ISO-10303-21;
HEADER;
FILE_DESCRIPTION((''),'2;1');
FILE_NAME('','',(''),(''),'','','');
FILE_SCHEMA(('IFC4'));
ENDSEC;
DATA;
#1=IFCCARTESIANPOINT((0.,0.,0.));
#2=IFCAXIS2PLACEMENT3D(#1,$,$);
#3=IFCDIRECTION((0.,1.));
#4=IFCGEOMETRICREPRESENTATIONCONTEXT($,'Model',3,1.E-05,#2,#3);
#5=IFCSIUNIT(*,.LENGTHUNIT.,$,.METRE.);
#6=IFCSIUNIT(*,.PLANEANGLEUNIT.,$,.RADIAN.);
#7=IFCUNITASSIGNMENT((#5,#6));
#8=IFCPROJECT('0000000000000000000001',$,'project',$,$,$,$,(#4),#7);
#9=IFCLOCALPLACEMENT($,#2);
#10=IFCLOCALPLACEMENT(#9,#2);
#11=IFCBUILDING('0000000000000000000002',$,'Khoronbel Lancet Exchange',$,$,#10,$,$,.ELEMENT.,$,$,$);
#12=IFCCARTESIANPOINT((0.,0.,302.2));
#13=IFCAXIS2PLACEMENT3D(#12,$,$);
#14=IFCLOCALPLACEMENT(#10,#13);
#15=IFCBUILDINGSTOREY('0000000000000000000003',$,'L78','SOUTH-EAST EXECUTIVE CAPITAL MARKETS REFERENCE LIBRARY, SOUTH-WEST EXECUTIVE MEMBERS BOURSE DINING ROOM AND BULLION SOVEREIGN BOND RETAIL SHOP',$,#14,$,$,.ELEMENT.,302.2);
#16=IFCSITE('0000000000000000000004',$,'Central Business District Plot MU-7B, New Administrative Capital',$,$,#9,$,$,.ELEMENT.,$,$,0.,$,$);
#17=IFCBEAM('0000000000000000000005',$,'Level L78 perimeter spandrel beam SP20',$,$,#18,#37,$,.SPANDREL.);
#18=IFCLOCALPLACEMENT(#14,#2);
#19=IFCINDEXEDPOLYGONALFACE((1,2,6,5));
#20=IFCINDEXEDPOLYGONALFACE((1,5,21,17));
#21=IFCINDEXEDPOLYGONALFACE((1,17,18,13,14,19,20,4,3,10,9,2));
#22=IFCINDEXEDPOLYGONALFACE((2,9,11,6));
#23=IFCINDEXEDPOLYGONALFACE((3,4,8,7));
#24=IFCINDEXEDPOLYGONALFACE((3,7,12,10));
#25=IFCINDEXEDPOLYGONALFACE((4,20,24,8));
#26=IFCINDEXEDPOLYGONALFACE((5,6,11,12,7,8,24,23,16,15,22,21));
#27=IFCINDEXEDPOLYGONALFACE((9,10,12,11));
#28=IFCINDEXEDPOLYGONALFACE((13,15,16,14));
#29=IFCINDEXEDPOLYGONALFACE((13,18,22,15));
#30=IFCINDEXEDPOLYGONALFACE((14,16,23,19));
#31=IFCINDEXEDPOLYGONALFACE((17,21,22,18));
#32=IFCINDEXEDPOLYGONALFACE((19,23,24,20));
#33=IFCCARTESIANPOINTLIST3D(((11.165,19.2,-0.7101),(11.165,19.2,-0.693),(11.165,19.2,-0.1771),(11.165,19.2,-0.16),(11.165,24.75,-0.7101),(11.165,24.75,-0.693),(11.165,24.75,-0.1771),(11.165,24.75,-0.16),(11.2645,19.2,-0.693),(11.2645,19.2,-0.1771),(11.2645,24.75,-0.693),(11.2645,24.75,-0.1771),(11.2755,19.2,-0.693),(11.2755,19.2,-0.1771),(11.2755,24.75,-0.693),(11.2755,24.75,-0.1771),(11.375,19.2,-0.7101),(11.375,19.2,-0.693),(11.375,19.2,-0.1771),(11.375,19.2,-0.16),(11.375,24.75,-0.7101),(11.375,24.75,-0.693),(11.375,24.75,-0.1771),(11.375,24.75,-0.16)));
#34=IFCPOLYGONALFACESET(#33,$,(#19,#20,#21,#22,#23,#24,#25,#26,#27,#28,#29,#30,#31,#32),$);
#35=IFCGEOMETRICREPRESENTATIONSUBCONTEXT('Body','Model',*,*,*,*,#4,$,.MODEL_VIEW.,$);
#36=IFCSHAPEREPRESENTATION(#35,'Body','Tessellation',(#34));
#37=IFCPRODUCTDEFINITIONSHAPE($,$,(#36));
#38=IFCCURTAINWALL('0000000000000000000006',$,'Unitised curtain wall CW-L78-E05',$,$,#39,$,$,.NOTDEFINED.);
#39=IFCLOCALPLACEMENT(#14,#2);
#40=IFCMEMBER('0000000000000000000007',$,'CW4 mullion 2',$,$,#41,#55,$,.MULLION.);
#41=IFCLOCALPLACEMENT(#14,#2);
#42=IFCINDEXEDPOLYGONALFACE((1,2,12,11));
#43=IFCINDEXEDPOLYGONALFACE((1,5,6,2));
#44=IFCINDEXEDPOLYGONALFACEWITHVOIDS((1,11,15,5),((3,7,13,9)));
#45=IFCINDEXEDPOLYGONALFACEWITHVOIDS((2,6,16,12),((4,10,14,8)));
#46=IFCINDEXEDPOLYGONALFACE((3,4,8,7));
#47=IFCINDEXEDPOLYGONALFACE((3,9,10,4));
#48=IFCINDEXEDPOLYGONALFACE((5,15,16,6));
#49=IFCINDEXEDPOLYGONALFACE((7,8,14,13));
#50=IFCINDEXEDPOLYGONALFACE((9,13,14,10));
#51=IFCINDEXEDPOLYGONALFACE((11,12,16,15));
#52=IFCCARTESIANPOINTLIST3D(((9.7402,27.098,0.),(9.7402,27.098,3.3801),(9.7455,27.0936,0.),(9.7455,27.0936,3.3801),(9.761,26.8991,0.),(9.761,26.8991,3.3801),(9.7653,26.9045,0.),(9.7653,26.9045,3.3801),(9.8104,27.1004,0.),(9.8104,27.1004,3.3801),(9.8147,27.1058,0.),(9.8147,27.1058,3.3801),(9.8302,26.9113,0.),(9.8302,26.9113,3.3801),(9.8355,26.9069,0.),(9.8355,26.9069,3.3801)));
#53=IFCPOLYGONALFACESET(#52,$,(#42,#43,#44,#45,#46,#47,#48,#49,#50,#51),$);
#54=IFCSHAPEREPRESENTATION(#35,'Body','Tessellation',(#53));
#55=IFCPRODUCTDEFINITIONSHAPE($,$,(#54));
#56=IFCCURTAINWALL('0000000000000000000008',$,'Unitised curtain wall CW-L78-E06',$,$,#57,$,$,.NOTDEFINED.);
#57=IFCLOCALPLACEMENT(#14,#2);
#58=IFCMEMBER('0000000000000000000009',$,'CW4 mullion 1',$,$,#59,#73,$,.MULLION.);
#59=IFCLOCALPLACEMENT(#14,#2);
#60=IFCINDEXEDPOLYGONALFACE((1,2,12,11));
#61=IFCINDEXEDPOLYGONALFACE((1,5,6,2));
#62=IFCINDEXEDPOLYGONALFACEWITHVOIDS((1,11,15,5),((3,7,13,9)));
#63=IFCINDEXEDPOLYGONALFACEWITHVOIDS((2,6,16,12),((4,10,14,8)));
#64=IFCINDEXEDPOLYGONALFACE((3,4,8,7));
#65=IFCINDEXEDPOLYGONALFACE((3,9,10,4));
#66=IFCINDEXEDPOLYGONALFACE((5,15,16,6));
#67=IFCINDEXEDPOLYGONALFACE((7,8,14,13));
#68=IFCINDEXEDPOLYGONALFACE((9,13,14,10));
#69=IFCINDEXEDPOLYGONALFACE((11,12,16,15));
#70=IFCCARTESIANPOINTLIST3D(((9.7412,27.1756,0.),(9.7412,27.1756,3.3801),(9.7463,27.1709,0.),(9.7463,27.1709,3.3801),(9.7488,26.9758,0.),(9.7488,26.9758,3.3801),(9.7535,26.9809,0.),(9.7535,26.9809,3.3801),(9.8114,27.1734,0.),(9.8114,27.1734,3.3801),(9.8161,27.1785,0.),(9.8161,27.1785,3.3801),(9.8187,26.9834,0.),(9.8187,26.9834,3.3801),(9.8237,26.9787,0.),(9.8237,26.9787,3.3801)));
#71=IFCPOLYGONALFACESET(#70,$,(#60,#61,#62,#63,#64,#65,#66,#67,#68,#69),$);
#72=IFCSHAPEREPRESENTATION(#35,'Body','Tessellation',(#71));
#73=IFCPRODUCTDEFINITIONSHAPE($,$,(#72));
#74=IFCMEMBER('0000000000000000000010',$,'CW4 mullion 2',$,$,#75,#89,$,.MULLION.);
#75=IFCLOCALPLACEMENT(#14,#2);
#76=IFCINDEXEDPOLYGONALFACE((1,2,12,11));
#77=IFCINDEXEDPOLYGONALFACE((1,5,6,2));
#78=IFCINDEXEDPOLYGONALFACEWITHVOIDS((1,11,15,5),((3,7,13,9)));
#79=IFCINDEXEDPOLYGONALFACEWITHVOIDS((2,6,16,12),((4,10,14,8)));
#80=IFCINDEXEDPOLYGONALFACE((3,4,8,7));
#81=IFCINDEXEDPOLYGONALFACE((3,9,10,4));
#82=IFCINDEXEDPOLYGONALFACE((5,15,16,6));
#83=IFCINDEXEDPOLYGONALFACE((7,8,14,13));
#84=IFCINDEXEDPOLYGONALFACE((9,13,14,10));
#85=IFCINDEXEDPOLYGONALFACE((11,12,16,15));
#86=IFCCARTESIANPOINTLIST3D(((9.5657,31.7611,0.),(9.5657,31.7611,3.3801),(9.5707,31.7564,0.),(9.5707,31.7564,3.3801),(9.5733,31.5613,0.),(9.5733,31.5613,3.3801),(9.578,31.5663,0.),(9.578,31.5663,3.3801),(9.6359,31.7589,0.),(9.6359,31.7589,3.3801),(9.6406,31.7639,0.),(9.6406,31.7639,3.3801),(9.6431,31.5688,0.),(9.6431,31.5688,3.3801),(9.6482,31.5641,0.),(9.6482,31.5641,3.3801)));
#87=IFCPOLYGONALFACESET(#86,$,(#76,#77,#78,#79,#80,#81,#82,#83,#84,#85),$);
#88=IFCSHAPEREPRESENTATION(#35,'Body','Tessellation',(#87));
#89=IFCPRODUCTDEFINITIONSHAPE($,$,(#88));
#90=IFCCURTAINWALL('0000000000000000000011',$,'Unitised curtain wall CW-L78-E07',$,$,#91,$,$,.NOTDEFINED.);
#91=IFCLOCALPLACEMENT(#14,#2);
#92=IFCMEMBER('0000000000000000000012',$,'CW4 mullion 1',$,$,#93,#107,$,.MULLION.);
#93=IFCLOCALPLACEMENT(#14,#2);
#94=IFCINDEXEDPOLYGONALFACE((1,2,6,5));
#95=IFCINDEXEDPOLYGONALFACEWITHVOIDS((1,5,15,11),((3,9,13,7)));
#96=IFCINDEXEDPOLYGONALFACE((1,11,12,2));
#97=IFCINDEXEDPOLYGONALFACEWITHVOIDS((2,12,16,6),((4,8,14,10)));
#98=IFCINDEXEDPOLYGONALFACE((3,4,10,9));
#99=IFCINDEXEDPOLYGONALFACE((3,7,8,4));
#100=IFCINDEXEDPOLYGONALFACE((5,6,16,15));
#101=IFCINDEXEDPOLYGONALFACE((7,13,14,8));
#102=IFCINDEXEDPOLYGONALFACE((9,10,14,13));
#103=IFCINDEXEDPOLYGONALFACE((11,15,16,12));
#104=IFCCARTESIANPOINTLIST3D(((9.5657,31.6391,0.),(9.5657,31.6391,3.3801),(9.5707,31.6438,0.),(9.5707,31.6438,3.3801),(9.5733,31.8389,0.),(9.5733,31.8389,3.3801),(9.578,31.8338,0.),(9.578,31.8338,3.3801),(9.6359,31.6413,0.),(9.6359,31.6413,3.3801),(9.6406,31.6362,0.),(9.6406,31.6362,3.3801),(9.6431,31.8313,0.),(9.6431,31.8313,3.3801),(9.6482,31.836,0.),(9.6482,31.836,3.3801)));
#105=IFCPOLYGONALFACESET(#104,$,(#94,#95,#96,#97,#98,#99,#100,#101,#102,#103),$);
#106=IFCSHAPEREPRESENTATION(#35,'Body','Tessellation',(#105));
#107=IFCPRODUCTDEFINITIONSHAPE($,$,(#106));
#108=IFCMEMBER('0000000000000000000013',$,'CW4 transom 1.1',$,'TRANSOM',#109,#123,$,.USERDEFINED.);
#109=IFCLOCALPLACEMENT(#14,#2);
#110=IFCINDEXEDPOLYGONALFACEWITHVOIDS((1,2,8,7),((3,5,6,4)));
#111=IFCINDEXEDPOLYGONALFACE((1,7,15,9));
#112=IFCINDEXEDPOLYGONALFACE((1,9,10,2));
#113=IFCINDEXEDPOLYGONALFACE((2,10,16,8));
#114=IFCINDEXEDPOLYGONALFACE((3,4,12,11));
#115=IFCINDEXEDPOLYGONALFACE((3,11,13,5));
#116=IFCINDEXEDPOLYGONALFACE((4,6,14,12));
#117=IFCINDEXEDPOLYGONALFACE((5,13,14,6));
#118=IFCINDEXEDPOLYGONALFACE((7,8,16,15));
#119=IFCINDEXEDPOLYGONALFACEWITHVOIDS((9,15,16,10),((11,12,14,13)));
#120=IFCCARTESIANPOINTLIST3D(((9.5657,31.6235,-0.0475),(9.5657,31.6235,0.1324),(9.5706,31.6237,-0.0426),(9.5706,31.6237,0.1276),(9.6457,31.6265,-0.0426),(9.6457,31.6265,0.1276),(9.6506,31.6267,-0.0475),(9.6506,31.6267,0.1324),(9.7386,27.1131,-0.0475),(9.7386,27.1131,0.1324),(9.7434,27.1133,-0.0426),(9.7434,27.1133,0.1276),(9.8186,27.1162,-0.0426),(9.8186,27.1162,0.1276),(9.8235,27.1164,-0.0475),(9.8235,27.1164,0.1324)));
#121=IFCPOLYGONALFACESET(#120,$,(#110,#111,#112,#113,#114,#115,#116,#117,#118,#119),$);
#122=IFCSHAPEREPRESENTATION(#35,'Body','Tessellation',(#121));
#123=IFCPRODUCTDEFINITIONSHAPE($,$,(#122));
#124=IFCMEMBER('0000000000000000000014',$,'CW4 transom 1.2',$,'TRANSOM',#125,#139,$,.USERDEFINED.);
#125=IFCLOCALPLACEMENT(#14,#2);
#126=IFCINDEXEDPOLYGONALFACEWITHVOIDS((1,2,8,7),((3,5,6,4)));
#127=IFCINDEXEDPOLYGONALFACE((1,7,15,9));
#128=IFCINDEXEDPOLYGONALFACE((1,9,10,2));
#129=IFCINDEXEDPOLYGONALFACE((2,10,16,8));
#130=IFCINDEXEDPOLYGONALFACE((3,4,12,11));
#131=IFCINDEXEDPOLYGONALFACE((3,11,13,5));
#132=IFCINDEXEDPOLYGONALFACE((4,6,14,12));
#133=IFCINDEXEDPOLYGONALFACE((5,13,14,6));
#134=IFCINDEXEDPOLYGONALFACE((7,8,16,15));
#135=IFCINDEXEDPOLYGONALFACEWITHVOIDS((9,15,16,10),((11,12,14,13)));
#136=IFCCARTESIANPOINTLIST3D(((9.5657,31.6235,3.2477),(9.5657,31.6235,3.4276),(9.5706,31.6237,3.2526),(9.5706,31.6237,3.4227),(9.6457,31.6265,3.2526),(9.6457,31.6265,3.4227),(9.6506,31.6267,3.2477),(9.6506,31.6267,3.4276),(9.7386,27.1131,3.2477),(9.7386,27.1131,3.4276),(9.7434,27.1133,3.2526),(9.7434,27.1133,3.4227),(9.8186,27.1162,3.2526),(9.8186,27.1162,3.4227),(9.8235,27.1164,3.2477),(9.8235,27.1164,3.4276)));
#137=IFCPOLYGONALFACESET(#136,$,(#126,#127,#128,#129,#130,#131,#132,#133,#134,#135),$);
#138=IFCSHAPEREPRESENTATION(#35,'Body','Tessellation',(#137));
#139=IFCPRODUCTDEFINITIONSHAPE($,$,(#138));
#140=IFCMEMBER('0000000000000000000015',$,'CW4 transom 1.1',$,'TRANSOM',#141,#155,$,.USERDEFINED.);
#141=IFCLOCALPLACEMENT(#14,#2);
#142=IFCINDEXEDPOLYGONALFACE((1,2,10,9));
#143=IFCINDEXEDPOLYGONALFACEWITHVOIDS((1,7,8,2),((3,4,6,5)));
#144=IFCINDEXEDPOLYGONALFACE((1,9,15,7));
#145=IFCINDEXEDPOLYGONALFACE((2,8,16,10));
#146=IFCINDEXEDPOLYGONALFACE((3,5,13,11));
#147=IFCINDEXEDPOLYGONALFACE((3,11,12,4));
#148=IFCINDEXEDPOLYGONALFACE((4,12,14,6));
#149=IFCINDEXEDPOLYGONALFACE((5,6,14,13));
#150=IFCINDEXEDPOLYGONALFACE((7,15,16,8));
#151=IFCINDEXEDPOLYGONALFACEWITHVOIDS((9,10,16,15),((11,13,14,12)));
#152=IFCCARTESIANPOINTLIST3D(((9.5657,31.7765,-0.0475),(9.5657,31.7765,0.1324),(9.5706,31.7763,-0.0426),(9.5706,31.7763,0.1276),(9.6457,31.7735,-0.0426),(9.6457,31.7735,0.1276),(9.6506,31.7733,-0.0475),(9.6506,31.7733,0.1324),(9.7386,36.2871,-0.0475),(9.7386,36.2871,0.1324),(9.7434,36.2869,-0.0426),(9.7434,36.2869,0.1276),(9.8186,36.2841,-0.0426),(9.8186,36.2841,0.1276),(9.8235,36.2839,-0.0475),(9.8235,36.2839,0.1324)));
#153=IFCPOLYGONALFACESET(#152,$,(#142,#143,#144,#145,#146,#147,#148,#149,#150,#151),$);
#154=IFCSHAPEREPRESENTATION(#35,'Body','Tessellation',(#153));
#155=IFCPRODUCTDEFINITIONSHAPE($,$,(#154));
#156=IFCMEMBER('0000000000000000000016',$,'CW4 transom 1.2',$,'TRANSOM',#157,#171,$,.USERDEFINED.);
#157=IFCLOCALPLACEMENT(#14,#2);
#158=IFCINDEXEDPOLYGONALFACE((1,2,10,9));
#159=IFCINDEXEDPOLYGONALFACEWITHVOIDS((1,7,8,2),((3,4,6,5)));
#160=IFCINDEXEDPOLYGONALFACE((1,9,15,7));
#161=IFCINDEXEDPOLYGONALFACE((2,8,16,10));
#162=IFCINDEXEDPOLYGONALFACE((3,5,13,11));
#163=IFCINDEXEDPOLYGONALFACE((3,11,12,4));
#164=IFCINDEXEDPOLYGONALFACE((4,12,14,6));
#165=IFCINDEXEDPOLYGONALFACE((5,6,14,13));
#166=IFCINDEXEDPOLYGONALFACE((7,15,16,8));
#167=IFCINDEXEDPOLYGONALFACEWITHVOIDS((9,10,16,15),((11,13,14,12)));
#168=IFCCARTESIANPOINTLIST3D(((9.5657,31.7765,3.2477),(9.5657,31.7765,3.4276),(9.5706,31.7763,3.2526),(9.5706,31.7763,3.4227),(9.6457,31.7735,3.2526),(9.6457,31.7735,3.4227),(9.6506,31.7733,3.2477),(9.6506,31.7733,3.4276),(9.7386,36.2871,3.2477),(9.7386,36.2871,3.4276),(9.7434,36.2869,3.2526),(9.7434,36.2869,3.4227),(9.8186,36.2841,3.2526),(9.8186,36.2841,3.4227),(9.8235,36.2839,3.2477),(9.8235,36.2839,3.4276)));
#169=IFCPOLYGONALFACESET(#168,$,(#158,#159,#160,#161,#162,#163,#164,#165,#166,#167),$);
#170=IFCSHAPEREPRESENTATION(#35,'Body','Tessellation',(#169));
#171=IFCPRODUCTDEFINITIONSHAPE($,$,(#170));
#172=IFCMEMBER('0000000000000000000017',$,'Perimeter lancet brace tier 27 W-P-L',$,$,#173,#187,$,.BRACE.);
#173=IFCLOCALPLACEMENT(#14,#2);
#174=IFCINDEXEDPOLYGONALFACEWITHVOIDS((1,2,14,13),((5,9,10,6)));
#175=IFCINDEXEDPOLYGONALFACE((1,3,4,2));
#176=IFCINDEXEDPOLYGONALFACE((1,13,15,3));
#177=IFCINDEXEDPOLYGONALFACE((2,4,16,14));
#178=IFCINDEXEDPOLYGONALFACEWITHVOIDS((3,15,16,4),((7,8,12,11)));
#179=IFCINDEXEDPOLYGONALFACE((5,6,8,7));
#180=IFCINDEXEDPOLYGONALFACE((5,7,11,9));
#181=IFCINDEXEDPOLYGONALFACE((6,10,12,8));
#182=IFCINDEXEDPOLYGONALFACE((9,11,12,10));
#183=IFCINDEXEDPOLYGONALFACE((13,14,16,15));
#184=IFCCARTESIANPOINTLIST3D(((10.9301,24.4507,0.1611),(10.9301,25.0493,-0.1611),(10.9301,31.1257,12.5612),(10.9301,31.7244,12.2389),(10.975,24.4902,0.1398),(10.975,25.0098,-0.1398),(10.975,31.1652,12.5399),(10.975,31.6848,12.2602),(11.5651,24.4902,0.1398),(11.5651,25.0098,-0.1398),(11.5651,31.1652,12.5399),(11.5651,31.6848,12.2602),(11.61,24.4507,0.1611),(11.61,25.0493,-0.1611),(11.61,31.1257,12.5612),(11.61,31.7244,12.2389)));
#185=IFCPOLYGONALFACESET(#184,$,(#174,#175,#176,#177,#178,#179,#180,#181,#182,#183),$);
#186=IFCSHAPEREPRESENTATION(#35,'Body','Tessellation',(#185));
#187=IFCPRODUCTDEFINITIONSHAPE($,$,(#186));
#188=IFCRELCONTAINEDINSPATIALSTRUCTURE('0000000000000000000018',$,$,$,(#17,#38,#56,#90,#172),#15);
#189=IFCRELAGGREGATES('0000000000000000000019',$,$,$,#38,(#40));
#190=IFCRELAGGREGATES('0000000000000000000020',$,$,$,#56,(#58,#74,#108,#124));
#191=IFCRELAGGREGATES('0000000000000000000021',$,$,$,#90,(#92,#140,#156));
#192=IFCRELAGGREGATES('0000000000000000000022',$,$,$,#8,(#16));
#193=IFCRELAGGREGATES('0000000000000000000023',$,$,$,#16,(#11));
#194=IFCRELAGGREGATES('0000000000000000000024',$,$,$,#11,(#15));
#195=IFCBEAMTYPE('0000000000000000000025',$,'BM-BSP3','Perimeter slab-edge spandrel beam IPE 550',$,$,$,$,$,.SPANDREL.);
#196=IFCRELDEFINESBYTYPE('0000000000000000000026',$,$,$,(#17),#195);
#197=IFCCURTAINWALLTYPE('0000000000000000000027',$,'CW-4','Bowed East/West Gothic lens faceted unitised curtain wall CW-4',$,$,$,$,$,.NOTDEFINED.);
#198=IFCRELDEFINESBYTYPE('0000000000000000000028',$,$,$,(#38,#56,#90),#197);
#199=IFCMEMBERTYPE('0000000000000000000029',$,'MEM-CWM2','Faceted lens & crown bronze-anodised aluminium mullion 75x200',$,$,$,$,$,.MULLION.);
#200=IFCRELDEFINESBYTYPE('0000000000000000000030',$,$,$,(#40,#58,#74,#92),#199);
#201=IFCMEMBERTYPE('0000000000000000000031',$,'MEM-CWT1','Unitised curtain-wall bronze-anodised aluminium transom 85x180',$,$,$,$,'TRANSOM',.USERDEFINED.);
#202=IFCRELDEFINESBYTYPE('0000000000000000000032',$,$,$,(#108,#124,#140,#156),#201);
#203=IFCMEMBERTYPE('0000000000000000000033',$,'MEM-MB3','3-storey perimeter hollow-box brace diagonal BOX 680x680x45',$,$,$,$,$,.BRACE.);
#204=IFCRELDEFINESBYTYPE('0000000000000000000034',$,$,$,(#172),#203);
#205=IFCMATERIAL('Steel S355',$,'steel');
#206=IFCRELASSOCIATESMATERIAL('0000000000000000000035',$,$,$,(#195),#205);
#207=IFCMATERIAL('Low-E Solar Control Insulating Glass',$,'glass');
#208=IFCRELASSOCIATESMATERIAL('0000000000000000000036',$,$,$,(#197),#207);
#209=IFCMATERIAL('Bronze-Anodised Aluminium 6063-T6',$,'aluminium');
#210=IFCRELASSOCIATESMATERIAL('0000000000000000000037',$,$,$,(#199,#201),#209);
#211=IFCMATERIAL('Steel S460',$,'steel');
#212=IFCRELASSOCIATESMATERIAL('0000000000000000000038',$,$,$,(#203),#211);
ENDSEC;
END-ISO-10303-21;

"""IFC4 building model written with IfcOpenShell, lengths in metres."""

from ifc_helpers import new_model, si_unit, direction, frame, origin, origin_2d, place, context, subcontext, project, spatial, hollow_rectangle, i_section, extrude, material, material_profile, profile_set, type_object, element, aggregate, save


model = new_model("IFC4")

# Units and contexts
model_context = context("Model", 3, precision=1e-05, world=origin(), true_north=direction((0.0, 1.0)))
body_context = subcontext(model_context, "Body", "Model", "MODEL_VIEW")
ifc_project = project(units=[si_unit("LENGTHUNIT", "METRE"), si_unit("PLANEANGLEUNIT", "RADIAN")], contexts=[model_context])

# Site, building, storey
site_placement = place(None, origin())
site = spatial("IfcSite", under=ifc_project, at=site_placement, Name="Central Business District Plot MU-7B, New Administrative Capital", CompositionType="ELEMENT", RefElevation=0.0)
building_placement = place(site_placement, origin())
building = spatial("IfcBuilding", under=site, at=building_placement, Name="Khoronbel Lancet Exchange", CompositionType="ELEMENT")
storey_placement = place(building_placement, frame((0.0, 0.0, 302.2)))
storey = spatial("IfcBuildingStorey", under=building, at=storey_placement, Name="L78", Description="SOUTH-EAST EXECUTIVE CAPITAL MARKETS REFERENCE LIBRARY, SOUTH-WEST EXECUTIVE MEMBERS BOURSE DINING ROOM AND BULLION SOVEREIGN BOND RETAIL SHOP", CompositionType="ELEMENT", Elevation=302.2)

# Shared definitions
ifc_material_1 = material(Name="Steel S355", Category="steel")

# Beam
ifc_material_profile_1 = material_profile(ifc_material_1, i_section(OverallWidth=0.21, OverallDepth=0.55, WebThickness=0.011, FlangeThickness=0.0171, at=origin_2d()), Name="IPE 550")
ifc_profile_set_1 = profile_set([ifc_material_profile_1], Name="Steel S355")
beam_type_1 = type_object("IfcBeamType", Name="BM-BSP3", Description="Perimeter slab-edge spandrel beam IPE 550", PredefinedType="SPANDREL", material=ifc_profile_set_1)
beam_1_placement = place(storey_placement, frame((11.27, 24.75, -0.4351), z_axis=(0.0, -1.0, 0.0), x_axis=(1.0, 0.0, 0.0)))
element("IfcBeam", 1, at=beam_1_placement, inside=storey, type_object=beam_type_1, Name="Level L78 perimeter spandrel beam SP20", PredefinedType="SPANDREL", context=body_context, shape_type="SweptSolid", body=[
    extrude(i_section(OverallWidth=0.21, OverallDepth=0.55, WebThickness=0.011, FlangeThickness=0.0171, at=origin_2d()), origin(), (0.0, 0.0, 1.0), 5.55),
])

# Curtain wall, member
ifc_material_2 = material(Name="Low-E Solar Control Insulating Glass", Category="glass")
curtain_wall_type = type_object("IfcCurtainWallType", Name="CW-4", Description="Bowed East/West Gothic lens faceted unitised curtain wall CW-4", PredefinedType="NOTDEFINED", material=ifc_material_2)
curtain_wall_1_placement = place(storey_placement, origin())
curtain_wall_1 = element("IfcCurtainWall", 2, at=curtain_wall_1_placement, inside=storey, type_object=curtain_wall_type, Name="Unitised curtain wall CW-L78-E05", PredefinedType="NOTDEFINED")
ifc_material_3 = material(Name="Bronze-Anodised Aluminium 6063-T6", Category="aluminium")
ifc_material_profile_2 = material_profile(ifc_material_3, hollow_rectangle(XDim=0.075, YDim=0.2, WallThickness=0.0049, at=origin_2d()), Name="ALU MULLION 75x200")
ifc_profile_set_2 = profile_set([ifc_material_profile_2], Name="Bronze-Anodised Aluminium 6063-T6")
member_type_1 = type_object("IfcMemberType", Name="MEM-CWM2", Description="Faceted lens & crown bronze-anodised aluminium mullion 75x200", PredefinedType="MULLION", material=ifc_profile_set_2)
member_1_placement = place(storey_placement, frame((9.7878, 27.0024, 0.0), z_axis=(0.0, 0.0, 1.0), x_axis=(-0.994564, -0.104131, 0.0)))
member_1 = element("IfcMember", 3, at=member_1_placement, type_object=member_type_1, Name="CW4 mullion 2", PredefinedType="MULLION", context=body_context, shape_type="SweptSolid", body=[
    extrude(hollow_rectangle(XDim=0.075, YDim=0.2, WallThickness=0.0049, at=origin_2d()), origin(), (0.0, 0.0, 1.0), 3.3801),
])
aggregate(curtain_wall_1, [member_1])

# Curtain wall, members
curtain_wall_2_placement = place(storey_placement, origin())
curtain_wall_2 = element("IfcCurtainWall", 4, at=curtain_wall_2_placement, inside=storey, type_object=curtain_wall_type, Name="Unitised curtain wall CW-L78-E06", PredefinedType="NOTDEFINED")
member_2_placement = place(storey_placement, frame((9.7825, 27.0771, 0.0), z_axis=(0.0, 0.0, 1.0), x_axis=(-0.999267, -0.038274, 0.0)))
member_2 = element("IfcMember", 5, at=member_2_placement, type_object=member_type_1, Name="CW4 mullion 1", PredefinedType="MULLION", context=body_context, shape_type="SweptSolid", body=[
    extrude(hollow_rectangle(XDim=0.075, YDim=0.2, WallThickness=0.0049, at=origin_2d()), origin(), (0.0, 0.0, 1.0), 3.3801),
])
member_3_placement = place(storey_placement, frame((9.6069, 31.6626, 0.0), z_axis=(0.0, 0.0, 1.0), x_axis=(-0.999267, -0.038274, 0.0)))
member_3 = element("IfcMember", 6, at=member_3_placement, type_object=member_type_1, Name="CW4 mullion 2", PredefinedType="MULLION", context=body_context, shape_type="SweptSolid", body=[
    extrude(hollow_rectangle(XDim=0.075, YDim=0.2, WallThickness=0.0049, at=origin_2d()), origin(), (0.0, 0.0, 1.0), 3.3801),
])

# Curtain wall, member
curtain_wall_3_placement = place(storey_placement, origin())
curtain_wall_3 = element("IfcCurtainWall", 7, at=curtain_wall_3_placement, inside=storey, type_object=curtain_wall_type, Name="Unitised curtain wall CW-L78-E07", PredefinedType="NOTDEFINED")
member_4_placement = place(storey_placement, frame((9.6069, 31.7375, 0.0), z_axis=(0.0, 0.0, 1.0), x_axis=(-0.999267, 0.038274, 0.0)))
member_4 = element("IfcMember", 8, at=member_4_placement, type_object=member_type_1, Name="CW4 mullion 1", PredefinedType="MULLION", context=body_context, shape_type="SweptSolid", body=[
    extrude(hollow_rectangle(XDim=0.075, YDim=0.2, WallThickness=0.0049, at=origin_2d()), origin(), (0.0, 0.0, 1.0), 3.3801),
])

# Members
ifc_material_profile_3 = material_profile(ifc_material_3, hollow_rectangle(XDim=0.085, YDim=0.1799, WallThickness=0.0049, at=origin_2d()), Name="ALU TRANSOM 85x180")
ifc_profile_set_3 = profile_set([ifc_material_profile_3], Name="Bronze-Anodised Aluminium 6063-T6")
member_type_2 = type_object("IfcMemberType", Name="MEM-CWT1", Description="Unitised curtain-wall bronze-anodised aluminium transom 85x180", ElementType="TRANSOM", PredefinedType="USERDEFINED", material=ifc_profile_set_3)
member_5_placement = place(storey_placement, frame((9.781, 27.1147, 0.0425), z_axis=(-0.038296, 0.999266, 0.0), x_axis=(-0.999266, -0.038296, 0.0)))
member_5 = element("IfcMember", 9, at=member_5_placement, type_object=member_type_2, Name="CW4 transom 1.1", ObjectType="TRANSOM", PredefinedType="USERDEFINED", context=body_context, shape_type="SweptSolid", body=[
    extrude(hollow_rectangle(XDim=0.085, YDim=0.1799, WallThickness=0.0049, at=origin_2d()), origin(), (0.0, 0.0, 1.0), 4.5137),
])
member_6_placement = place(storey_placement, frame((9.781, 27.1147, 3.3376), z_axis=(-0.038296, 0.999266, 0.0), x_axis=(-0.999266, -0.038296, 0.0)))
member_6 = element("IfcMember", 10, at=member_6_placement, type_object=member_type_2, Name="CW4 transom 1.2", ObjectType="TRANSOM", PredefinedType="USERDEFINED", context=body_context, shape_type="SweptSolid", body=[
    extrude(hollow_rectangle(XDim=0.085, YDim=0.1799, WallThickness=0.0049, at=origin_2d()), origin(), (0.0, 0.0, 1.0), 4.5137),
])
member_7_placement = place(storey_placement, frame((9.6082, 31.7749, 0.0425), z_axis=(0.038294, 0.999267, 0.0), x_axis=(-0.999267, 0.038294, 0.0)))
member_7 = element("IfcMember", 11, at=member_7_placement, type_object=member_type_2, Name="CW4 transom 1.1", ObjectType="TRANSOM", PredefinedType="USERDEFINED", context=body_context, shape_type="SweptSolid", body=[
    extrude(hollow_rectangle(XDim=0.085, YDim=0.1799, WallThickness=0.0049, at=origin_2d()), origin(), (0.0, 0.0, 1.0), 4.5139),
])
member_8_placement = place(storey_placement, frame((9.6082, 31.7749, 3.3376), z_axis=(0.038294, 0.999267, 0.0), x_axis=(-0.999267, 0.038294, 0.0)))
member_8 = element("IfcMember", 12, at=member_8_placement, type_object=member_type_2, Name="CW4 transom 1.2", ObjectType="TRANSOM", PredefinedType="USERDEFINED", context=body_context, shape_type="SweptSolid", body=[
    extrude(hollow_rectangle(XDim=0.085, YDim=0.1799, WallThickness=0.0049, at=origin_2d()), origin(), (0.0, 0.0, 1.0), 4.5139),
])
ifc_material_4 = material(Name="Steel S460", Category="steel")
ifc_material_profile_4 = material_profile(ifc_material_4, hollow_rectangle(XDim=0.6799, YDim=0.6799, WallThickness=0.0449, at=origin_2d()), Name="BOX 680x680x45")
ifc_profile_set_4 = profile_set([ifc_material_profile_4], Name="Steel S460")
member_type_3 = type_object("IfcMemberType", Name="MEM-MB3", Description="3-storey perimeter hollow-box brace diagonal BOX 680x680x45", PredefinedType="BRACE", material=ifc_profile_set_4)
member_9_placement = place(storey_placement, frame((11.27, 24.75, 0.0), z_axis=(0.0, 0.473992, 0.880529), x_axis=(-1.0, 0.0, 0.0)))
element("IfcMember", 13, at=member_9_placement, inside=storey, type_object=member_type_3, Name="Perimeter lancet brace tier 27 W-P-L", PredefinedType="BRACE", context=body_context, shape_type="SweptSolid", body=[
    extrude(hollow_rectangle(XDim=0.6799, YDim=0.6799, WallThickness=0.0449, at=origin_2d()), origin(), (0.0, 0.0, 1.0), 14.0825),
])

aggregate(curtain_wall_2, [member_2, member_3, member_5, member_6])
aggregate(curtain_wall_3, [member_4, member_7, member_8])

save(model, "model.ifc")
